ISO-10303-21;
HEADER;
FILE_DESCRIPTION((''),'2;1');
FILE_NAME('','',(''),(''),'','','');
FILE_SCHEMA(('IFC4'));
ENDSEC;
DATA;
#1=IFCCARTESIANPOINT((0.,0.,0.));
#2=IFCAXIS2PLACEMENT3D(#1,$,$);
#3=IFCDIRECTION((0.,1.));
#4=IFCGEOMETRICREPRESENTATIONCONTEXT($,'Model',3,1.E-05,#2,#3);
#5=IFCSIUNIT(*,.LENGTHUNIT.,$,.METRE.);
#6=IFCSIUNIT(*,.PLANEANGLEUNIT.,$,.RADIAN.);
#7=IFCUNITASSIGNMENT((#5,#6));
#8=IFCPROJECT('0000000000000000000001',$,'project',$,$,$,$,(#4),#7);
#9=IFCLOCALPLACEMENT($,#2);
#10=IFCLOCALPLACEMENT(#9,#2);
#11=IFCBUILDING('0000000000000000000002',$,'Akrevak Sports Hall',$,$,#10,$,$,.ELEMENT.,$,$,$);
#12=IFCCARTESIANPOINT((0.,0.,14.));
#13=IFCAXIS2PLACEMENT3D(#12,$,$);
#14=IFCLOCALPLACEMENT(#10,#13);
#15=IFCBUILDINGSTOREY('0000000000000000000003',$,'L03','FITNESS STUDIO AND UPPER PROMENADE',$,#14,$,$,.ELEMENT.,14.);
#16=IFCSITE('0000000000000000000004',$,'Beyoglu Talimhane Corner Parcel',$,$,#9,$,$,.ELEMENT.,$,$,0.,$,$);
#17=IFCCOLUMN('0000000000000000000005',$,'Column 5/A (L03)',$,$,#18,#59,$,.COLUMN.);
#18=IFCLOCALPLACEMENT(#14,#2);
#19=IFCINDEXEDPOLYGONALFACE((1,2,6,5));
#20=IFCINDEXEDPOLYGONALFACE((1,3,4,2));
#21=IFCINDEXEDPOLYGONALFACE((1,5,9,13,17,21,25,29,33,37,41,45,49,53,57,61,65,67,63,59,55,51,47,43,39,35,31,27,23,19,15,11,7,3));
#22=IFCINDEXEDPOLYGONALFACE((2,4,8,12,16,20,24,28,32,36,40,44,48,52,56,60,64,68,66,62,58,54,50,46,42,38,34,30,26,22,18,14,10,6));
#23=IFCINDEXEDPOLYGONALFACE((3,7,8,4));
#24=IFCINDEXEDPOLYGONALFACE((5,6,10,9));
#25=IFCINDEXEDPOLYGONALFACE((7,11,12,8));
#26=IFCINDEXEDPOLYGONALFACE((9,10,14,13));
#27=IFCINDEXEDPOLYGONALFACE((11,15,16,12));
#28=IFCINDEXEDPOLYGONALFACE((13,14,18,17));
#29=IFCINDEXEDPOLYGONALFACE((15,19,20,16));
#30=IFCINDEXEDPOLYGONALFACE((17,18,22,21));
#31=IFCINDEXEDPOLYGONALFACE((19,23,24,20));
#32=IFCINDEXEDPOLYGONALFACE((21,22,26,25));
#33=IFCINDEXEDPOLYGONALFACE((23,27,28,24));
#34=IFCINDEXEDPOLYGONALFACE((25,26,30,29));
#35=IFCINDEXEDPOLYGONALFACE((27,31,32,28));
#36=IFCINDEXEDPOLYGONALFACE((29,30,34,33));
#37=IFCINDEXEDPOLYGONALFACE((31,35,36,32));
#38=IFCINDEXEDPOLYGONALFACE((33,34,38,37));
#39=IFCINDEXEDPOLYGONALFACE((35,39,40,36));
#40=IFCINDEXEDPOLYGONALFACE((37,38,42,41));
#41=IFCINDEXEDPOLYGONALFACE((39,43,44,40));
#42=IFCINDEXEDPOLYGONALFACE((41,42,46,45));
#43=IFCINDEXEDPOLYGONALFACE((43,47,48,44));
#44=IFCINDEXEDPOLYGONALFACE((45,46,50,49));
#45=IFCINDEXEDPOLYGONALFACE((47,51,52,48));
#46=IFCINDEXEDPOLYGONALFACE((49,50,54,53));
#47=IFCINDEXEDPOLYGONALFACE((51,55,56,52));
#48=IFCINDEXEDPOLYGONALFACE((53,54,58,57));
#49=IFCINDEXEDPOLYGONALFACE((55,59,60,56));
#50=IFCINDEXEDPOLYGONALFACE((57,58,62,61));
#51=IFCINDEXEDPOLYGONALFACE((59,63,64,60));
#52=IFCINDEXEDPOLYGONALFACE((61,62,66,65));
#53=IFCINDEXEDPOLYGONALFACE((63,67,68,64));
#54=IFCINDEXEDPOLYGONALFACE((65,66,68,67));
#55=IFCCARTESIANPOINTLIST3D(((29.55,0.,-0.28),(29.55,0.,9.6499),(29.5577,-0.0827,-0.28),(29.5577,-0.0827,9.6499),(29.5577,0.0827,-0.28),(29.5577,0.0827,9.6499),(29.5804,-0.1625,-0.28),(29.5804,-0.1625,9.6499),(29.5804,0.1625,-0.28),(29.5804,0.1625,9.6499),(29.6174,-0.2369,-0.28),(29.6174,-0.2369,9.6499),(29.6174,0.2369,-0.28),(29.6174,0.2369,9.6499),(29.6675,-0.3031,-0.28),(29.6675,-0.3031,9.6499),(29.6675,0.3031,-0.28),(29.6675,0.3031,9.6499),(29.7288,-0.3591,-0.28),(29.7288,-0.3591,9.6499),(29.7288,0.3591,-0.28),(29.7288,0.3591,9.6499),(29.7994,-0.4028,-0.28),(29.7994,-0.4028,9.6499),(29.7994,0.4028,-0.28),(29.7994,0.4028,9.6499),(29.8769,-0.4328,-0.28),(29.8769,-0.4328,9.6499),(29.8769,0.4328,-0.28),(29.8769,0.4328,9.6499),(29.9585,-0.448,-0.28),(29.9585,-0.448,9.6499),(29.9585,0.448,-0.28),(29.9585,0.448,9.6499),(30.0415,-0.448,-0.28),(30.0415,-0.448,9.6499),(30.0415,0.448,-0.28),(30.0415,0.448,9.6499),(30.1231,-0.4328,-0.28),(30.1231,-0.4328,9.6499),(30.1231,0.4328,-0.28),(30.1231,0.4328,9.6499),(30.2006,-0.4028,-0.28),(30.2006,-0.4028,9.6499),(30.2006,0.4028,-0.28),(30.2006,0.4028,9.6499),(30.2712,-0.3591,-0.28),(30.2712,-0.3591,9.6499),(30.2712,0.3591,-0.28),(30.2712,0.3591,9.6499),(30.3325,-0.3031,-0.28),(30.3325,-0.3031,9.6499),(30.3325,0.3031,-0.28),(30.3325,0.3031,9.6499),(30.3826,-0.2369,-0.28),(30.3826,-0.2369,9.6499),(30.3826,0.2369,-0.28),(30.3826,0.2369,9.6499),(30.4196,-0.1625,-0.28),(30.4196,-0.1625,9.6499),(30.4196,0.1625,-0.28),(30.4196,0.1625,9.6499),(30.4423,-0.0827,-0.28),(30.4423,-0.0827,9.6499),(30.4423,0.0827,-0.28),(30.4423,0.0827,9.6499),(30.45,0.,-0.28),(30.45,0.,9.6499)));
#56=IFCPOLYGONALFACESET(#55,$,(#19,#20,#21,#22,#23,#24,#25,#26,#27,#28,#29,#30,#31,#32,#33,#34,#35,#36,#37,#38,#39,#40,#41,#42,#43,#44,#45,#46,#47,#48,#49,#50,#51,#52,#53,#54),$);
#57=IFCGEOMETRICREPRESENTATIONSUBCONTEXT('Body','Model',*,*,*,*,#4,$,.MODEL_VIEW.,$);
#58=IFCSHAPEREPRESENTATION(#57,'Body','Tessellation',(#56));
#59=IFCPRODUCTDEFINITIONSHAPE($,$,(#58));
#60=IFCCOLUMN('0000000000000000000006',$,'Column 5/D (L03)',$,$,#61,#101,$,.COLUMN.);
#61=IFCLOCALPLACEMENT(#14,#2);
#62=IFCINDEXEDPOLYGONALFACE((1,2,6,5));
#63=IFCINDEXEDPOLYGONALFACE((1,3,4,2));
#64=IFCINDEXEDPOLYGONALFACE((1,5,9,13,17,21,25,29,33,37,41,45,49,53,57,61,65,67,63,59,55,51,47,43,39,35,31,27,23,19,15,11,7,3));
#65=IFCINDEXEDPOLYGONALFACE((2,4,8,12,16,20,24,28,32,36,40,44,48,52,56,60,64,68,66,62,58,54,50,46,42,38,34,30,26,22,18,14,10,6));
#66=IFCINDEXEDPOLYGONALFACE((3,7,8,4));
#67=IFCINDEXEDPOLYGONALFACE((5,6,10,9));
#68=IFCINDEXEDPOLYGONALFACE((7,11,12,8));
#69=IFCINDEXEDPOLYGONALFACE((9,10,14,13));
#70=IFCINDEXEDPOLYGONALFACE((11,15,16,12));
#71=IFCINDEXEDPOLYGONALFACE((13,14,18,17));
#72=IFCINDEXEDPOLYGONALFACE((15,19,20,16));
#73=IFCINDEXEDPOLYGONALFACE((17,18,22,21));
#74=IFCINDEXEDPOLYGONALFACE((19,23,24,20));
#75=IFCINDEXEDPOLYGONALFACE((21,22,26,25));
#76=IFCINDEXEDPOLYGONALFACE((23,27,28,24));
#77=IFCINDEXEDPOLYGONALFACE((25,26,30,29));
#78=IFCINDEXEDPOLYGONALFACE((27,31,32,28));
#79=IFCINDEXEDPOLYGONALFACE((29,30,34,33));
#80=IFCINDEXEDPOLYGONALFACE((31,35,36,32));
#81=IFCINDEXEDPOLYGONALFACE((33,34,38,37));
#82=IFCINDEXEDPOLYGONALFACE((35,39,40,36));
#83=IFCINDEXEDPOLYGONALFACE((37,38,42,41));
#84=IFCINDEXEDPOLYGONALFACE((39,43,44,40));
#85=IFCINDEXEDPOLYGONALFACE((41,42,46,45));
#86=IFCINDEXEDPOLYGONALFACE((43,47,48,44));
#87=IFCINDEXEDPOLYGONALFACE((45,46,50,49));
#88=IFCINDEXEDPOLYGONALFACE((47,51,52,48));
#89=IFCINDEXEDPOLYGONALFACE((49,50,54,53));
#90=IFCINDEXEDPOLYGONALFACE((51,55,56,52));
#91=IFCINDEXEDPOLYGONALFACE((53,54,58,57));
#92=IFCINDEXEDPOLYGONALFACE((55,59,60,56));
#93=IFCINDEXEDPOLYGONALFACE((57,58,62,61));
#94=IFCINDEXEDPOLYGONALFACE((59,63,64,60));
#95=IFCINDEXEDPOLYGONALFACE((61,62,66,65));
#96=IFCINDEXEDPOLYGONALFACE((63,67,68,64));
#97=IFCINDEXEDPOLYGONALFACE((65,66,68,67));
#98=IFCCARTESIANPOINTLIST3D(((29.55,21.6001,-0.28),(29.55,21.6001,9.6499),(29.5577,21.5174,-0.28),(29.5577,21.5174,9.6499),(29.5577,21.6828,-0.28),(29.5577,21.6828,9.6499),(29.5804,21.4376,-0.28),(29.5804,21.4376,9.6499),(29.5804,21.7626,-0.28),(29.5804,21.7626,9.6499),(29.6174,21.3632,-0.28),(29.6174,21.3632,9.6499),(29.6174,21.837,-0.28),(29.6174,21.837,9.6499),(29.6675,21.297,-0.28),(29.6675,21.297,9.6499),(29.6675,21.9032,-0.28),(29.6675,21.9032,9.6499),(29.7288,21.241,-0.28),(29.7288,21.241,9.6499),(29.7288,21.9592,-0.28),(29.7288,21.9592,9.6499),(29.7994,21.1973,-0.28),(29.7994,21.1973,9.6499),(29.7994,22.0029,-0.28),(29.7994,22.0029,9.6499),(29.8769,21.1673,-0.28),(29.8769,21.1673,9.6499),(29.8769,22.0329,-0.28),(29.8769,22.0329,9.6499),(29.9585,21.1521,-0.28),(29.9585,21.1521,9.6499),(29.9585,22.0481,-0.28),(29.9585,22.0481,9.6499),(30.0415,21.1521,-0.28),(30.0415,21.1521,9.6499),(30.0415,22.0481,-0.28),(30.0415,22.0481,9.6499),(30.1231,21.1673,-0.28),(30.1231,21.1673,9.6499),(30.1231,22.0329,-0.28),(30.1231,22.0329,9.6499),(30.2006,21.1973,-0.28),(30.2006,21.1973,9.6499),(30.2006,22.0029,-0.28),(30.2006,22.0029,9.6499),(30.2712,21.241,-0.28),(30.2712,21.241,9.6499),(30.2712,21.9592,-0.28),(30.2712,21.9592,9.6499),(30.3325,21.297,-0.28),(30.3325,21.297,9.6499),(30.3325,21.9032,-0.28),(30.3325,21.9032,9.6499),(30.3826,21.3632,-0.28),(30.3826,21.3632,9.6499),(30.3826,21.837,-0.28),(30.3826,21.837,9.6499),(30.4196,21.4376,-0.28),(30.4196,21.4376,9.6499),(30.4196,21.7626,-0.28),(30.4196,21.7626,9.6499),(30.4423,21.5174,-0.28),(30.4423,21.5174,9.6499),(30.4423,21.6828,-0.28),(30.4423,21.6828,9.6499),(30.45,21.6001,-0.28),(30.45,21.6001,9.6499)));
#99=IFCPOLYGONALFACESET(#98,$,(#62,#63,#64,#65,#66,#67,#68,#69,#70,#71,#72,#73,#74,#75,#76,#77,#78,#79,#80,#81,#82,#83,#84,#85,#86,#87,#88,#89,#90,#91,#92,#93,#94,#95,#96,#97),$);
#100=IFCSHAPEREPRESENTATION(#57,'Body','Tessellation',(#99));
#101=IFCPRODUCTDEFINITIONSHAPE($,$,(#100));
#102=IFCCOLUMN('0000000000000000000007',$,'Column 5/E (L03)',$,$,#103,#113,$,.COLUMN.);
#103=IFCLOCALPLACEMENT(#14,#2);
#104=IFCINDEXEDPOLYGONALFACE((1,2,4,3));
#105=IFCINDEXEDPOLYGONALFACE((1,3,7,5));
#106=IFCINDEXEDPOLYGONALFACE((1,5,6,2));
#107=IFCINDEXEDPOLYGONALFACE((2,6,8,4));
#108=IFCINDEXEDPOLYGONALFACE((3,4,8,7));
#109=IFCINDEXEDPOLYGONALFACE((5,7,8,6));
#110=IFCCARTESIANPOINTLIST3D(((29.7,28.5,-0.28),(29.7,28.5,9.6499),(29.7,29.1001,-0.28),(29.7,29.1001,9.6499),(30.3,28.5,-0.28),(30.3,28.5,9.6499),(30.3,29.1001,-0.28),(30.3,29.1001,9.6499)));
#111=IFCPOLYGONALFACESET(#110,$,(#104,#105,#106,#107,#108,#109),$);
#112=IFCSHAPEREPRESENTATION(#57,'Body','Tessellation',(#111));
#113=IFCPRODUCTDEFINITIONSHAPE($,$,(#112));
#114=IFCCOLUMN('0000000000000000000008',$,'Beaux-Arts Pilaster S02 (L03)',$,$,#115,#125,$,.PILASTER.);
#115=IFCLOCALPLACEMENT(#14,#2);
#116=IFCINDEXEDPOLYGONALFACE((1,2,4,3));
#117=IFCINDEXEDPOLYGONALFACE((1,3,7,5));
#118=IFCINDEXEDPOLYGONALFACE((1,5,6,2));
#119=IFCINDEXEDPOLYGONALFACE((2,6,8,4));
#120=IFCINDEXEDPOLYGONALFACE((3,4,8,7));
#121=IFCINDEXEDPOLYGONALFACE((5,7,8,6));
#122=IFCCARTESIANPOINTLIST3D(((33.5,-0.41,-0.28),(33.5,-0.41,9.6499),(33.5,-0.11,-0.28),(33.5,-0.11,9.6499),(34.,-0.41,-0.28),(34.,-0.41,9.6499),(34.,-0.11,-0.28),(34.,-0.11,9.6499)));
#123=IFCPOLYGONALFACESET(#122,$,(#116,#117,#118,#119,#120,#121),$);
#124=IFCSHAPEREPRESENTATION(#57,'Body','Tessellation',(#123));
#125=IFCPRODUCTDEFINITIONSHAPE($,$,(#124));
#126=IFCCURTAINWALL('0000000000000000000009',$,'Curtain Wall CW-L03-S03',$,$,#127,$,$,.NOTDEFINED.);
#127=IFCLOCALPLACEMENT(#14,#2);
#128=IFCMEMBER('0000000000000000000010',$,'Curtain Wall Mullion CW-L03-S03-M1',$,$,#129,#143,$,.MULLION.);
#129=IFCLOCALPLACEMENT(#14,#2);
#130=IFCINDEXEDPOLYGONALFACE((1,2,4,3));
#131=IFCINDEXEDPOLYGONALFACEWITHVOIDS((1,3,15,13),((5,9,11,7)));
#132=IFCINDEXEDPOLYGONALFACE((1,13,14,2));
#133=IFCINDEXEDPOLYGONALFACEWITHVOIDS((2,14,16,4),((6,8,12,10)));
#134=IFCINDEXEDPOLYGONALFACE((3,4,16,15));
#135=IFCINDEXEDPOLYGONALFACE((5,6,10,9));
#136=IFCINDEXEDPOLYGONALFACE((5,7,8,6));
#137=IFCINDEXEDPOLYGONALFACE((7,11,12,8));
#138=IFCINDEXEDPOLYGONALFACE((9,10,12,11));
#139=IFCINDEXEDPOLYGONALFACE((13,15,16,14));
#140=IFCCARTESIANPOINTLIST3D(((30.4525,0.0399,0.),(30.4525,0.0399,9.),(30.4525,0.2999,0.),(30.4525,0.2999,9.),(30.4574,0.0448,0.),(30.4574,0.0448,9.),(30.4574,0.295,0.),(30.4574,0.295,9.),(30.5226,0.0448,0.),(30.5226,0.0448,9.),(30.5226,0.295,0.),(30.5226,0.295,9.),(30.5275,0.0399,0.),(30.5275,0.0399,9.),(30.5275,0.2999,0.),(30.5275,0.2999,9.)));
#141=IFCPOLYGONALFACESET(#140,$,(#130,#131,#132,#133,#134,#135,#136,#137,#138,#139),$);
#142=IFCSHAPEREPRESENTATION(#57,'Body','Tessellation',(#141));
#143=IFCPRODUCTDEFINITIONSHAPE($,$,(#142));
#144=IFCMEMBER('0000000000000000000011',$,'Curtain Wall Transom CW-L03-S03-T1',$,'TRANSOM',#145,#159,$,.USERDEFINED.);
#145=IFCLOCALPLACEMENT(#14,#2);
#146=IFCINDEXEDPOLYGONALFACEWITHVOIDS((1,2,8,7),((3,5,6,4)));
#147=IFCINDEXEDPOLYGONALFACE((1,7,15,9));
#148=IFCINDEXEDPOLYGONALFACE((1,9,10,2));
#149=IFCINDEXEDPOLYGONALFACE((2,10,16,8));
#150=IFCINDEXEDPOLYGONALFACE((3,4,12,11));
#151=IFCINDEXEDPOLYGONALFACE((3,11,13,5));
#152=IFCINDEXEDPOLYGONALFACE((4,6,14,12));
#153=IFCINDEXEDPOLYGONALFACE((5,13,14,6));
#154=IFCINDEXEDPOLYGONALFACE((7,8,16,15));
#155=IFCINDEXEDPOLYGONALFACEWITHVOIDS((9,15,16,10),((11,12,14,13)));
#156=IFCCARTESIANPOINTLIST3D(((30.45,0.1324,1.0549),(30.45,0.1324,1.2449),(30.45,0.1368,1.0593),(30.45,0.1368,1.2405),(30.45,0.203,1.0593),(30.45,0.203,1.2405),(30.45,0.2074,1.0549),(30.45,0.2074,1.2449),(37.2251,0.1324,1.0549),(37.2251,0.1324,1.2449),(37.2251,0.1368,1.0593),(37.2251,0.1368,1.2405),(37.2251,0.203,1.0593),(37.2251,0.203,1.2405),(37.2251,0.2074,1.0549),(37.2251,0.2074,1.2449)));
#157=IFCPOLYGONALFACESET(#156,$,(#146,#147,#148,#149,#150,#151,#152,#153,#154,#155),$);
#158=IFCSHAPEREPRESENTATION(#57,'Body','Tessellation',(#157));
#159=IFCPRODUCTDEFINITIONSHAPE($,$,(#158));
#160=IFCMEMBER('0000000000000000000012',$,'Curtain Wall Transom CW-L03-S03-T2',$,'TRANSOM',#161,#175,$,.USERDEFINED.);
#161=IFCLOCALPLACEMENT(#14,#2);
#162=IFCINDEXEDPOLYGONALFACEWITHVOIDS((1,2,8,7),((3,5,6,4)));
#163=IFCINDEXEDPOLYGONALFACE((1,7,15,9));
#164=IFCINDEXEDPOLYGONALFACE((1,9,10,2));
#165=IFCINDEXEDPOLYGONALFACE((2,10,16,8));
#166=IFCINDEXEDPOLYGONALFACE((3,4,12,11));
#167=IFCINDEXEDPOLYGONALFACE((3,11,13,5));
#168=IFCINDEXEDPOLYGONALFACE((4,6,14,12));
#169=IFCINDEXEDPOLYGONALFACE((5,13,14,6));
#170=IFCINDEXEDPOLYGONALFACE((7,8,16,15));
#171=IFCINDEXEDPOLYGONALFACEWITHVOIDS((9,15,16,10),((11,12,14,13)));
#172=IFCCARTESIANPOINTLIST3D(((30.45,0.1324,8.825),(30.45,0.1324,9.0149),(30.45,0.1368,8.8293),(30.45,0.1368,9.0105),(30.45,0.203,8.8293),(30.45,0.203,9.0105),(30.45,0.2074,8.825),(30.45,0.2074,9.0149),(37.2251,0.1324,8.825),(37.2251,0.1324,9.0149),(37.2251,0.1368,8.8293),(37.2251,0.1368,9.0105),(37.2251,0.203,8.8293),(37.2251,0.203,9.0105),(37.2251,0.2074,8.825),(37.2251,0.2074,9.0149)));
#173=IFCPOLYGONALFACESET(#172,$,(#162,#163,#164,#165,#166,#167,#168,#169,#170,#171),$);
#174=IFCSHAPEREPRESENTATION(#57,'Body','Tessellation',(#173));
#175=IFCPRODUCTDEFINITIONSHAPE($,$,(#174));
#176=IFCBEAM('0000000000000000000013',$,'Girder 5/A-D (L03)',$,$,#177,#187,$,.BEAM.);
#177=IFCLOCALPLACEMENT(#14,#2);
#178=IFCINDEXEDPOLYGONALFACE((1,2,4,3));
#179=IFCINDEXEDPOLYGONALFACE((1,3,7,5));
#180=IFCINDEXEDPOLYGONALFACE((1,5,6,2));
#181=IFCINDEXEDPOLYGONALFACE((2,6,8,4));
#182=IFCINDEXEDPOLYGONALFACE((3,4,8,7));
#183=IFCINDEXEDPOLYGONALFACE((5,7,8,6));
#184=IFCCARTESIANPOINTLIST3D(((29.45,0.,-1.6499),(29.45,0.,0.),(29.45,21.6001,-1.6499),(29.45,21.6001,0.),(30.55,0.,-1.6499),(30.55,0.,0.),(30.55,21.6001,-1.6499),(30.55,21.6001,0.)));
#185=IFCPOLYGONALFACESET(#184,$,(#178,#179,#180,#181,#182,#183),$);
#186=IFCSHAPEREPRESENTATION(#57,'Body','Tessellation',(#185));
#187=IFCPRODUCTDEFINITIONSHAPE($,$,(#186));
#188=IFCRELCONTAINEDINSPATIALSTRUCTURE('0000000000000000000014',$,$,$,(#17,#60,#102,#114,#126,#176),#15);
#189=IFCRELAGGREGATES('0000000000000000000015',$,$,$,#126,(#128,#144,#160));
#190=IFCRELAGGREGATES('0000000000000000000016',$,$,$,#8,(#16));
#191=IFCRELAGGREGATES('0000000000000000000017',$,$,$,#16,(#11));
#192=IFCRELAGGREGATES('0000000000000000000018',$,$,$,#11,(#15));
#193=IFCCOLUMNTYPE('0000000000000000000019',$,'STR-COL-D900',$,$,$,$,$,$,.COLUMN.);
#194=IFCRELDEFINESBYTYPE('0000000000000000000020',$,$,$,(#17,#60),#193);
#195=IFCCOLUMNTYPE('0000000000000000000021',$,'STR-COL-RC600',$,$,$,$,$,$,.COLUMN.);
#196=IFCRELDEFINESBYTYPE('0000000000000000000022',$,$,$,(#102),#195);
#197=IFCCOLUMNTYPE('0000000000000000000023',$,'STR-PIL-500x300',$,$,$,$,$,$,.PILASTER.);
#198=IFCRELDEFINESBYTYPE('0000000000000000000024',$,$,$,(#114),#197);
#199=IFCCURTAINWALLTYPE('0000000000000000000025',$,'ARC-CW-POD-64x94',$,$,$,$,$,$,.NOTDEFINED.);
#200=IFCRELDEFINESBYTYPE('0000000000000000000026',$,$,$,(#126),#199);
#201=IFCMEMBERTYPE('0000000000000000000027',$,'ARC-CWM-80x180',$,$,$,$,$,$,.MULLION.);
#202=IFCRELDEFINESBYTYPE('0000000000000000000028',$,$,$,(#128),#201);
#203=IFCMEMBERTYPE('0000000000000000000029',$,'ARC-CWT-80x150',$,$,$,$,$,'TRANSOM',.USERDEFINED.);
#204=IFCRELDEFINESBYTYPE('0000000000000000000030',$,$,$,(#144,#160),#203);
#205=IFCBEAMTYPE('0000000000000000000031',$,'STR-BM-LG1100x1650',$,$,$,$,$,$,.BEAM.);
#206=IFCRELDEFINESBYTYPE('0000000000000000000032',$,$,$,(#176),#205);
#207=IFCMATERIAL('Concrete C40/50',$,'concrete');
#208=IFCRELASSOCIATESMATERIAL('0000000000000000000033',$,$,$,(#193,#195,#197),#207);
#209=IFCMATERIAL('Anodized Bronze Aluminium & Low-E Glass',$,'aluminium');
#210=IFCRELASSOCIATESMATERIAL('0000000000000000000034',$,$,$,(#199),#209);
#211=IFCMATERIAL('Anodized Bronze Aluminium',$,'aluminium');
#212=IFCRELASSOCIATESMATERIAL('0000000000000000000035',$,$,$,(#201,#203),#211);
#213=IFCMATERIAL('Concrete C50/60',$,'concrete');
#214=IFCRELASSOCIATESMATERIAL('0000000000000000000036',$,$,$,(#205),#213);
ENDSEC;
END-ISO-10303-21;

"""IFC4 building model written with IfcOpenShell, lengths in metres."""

from ifc_helpers import new_model, si_unit, direction, frame, origin, origin_2d, place, context, subcontext, project, spatial, rectangle, hollow_rectangle, circle, extrude, material, material_profile, profile_set, type_object, element, aggregate, save


model = new_model("IFC4")

# Units and contexts
model_context = context("Model", 3, precision=1e-05, world=origin(), true_north=direction((0.0, 1.0)))
body_context = subcontext(model_context, "Body", "Model", "MODEL_VIEW")
ifc_project = project(units=[si_unit("LENGTHUNIT", "METRE"), si_unit("PLANEANGLEUNIT", "RADIAN")], contexts=[model_context])

# Site, building, storey
site_placement = place(None, origin())
site = spatial("IfcSite", under=ifc_project, at=site_placement, Name="Beyoglu Talimhane Corner Parcel", CompositionType="ELEMENT", RefElevation=0.0)
building_placement = place(site_placement, origin())
building = spatial("IfcBuilding", under=site, at=building_placement, Name="Akrevak Sports Hall", CompositionType="ELEMENT")
storey_placement = place(building_placement, frame((0.0, 0.0, 14.0)))
storey = spatial("IfcBuildingStorey", under=building, at=storey_placement, Name="L03", Description="FITNESS STUDIO AND UPPER PROMENADE", CompositionType="ELEMENT", Elevation=14.0)

# Columns
ifc_material_1 = material(Name="Concrete C40/50", Category="concrete")
ifc_material_profile_1 = material_profile(ifc_material_1, circle(Radius=0.45, at=origin_2d()), Name="COL D900", Category="concrete")
ifc_profile_set_1 = profile_set([ifc_material_profile_1], Name="Concrete C40/50")
column_type_1 = type_object("IfcColumnType", Name="STR-COL-D900", PredefinedType="COLUMN", material=ifc_profile_set_1)
for number, where, z_axis, x_axis, name in (
    (1, (30.0, 0.0, -0.28), (0.0, 0.0, 1.0), (1.0, 0.0, 0.0), "Column 5/A (L03)"),
    (2, (30.0, 21.6001, -0.28), (0.0, 0.0, 1.0), (1.0, 0.0, 0.0), "Column 5/D (L03)"),
):
    element("IfcColumn", number, at=place(storey_placement, frame(where, z_axis=z_axis, x_axis=x_axis)), inside=storey, type_object=column_type_1, Name=name, PredefinedType="COLUMN", context=body_context, shape_type="SweptSolid", body=[
        extrude(circle(Radius=0.45, at=origin_2d()), origin(), (0.0, 0.0, 1.0), 9.9299),
    ])
ifc_material_profile_2 = material_profile(ifc_material_1, rectangle(XDim=0.6001, YDim=0.6001, at=origin_2d()), Name="RC 600x600", Category="concrete")
ifc_profile_set_2 = profile_set([ifc_material_profile_2], Name="Concrete C40/50")
column_type_2 = type_object("IfcColumnType", Name="STR-COL-RC600", PredefinedType="COLUMN", material=ifc_profile_set_2)
column_1_placement = place(storey_placement, frame((30.0, 28.8, -0.28), z_axis=(0.0, 0.0, 1.0), x_axis=(1.0, 0.0, 0.0)))
element("IfcColumn", 3, at=column_1_placement, inside=storey, type_object=column_type_2, Name="Column 5/E (L03)", PredefinedType="COLUMN", context=body_context, shape_type="SweptSolid", body=[
    extrude(rectangle(XDim=0.6001, YDim=0.6001, at=origin_2d()), origin(), (0.0, 0.0, 1.0), 9.9299),
])
ifc_material_profile_3 = material_profile(ifc_material_1, rectangle(XDim=0.5, YDim=0.3, at=origin_2d()), Name="PIL 500x300", Category="concrete")
ifc_profile_set_3 = profile_set([ifc_material_profile_3], Name="Concrete C40/50")
column_type_3 = type_object("IfcColumnType", Name="STR-PIL-500x300", PredefinedType="PILASTER", material=ifc_profile_set_3)
column_2_placement = place(storey_placement, frame((33.75, -0.26, -0.28), z_axis=(0.0, 0.0, 1.0), x_axis=(1.0, 0.0, 0.0)))
element("IfcColumn", 4, at=column_2_placement, inside=storey, type_object=column_type_3, Name="Beaux-Arts Pilaster S02 (L03)", PredefinedType="PILASTER", context=body_context, shape_type="SweptSolid", body=[
    extrude(rectangle(XDim=0.5, YDim=0.3, at=origin_2d()), origin(), (0.0, 0.0, 1.0), 9.9299),
])

# Curtain wall, members
ifc_material_2 = material(Name="Anodized Bronze Aluminium & Low-E Glass", Category="aluminium")
curtain_wall_type = type_object("IfcCurtainWallType", Name="ARC-CW-POD-64x94", PredefinedType="NOTDEFINED", material=ifc_material_2)
curtain_wall_placement = place(storey_placement, origin())
curtain_wall = element("IfcCurtainWall", 5, at=curtain_wall_placement, inside=storey, type_object=curtain_wall_type, Name="Curtain Wall CW-L03-S03", PredefinedType="NOTDEFINED")
ifc_material_3 = material(Name="Anodized Bronze Aluminium", Category="aluminium")
ifc_material_profile_4 = material_profile(ifc_material_3, hollow_rectangle(XDim=0.075, YDim=0.26, WallThickness=0.0049, at=origin_2d()), Name="CWM 75x260", Category="aluminium")
ifc_profile_set_4 = profile_set([ifc_material_profile_4], Name="Anodized Bronze Aluminium")
member_type_1 = type_object("IfcMemberType", Name="ARC-CWM-80x180", PredefinedType="MULLION", material=ifc_profile_set_4)
member_1_placement = place(storey_placement, frame((30.49, 0.1699, 0.0), z_axis=(0.0, 0.0, 1.0), x_axis=(1.0, 0.0, 0.0)))
member_1 = element("IfcMember", 6, at=member_1_placement, type_object=member_type_1, Name="Curtain Wall Mullion CW-L03-S03-M1", PredefinedType="MULLION", context=body_context, shape_type="SweptSolid", body=[
    extrude(hollow_rectangle(XDim=0.075, YDim=0.26, WallThickness=0.0049, at=origin_2d()), origin(), (0.0, 0.0, 1.0), 9.0),
])
ifc_material_profile_5 = material_profile(ifc_material_3, hollow_rectangle(XDim=0.075, YDim=0.1899, WallThickness=0.0044, at=origin_2d()), Name="CWT 75x190", Category="aluminium")
ifc_profile_set_5 = profile_set([ifc_material_profile_5], Name="Anodized Bronze Aluminium")
member_type_2 = type_object("IfcMemberType", Name="ARC-CWT-80x150", ElementType="TRANSOM", PredefinedType="USERDEFINED", material=ifc_profile_set_5)
member_2_placement = place(storey_placement, frame((30.45, 0.1699, 1.1499), z_axis=(1.0, 0.0, 0.0), x_axis=(0.0, 1.0, 0.0)))
member_2 = element("IfcMember", 7, at=member_2_placement, type_object=member_type_2, Name="Curtain Wall Transom CW-L03-S03-T1", ObjectType="TRANSOM", PredefinedType="USERDEFINED", context=body_context, shape_type="SweptSolid", body=[
    extrude(hollow_rectangle(XDim=0.075, YDim=0.1899, WallThickness=0.0044, at=origin_2d()), origin(), (0.0, 0.0, 1.0), 6.7751),
])
member_3_placement = place(storey_placement, frame((30.45, 0.1699, 8.9199), z_axis=(1.0, 0.0, 0.0), x_axis=(0.0, 1.0, 0.0)))
member_3 = element("IfcMember", 8, at=member_3_placement, type_object=member_type_2, Name="Curtain Wall Transom CW-L03-S03-T2", ObjectType="TRANSOM", PredefinedType="USERDEFINED", context=body_context, shape_type="SweptSolid", body=[
    extrude(hollow_rectangle(XDim=0.075, YDim=0.1899, WallThickness=0.0044, at=origin_2d()), origin(), (0.0, 0.0, 1.0), 6.7751),
])

# Beam
ifc_material_4 = material(Name="Concrete C50/60", Category="concrete")
ifc_material_profile_6 = material_profile(ifc_material_4, rectangle(XDim=1.1001, YDim=1.6499, at=origin_2d()), Name="BM 1100x1650", Category="concrete")
ifc_profile_set_6 = profile_set([ifc_material_profile_6], Name="Concrete C50/60")
beam_type_1 = type_object("IfcBeamType", Name="STR-BM-LG1100x1650", PredefinedType="BEAM", material=ifc_profile_set_6)
beam_1_placement = place(storey_placement, frame((30.0, 0.0, -0.825), z_axis=(0.0, 1.0, 0.0), x_axis=(-1.0, 0.0, 0.0)))
element("IfcBeam", 9, at=beam_1_placement, inside=storey, type_object=beam_type_1, Name="Girder 5/A-D (L03)", PredefinedType="BEAM", context=body_context, shape_type="SweptSolid", body=[
    extrude(rectangle(XDim=1.1001, YDim=1.6499, at=origin_2d()), origin(), (0.0, 0.0, 1.0), 21.6001),
])

aggregate(curtain_wall, [member_1, member_2, member_3])

save(model, "model.ifc")
